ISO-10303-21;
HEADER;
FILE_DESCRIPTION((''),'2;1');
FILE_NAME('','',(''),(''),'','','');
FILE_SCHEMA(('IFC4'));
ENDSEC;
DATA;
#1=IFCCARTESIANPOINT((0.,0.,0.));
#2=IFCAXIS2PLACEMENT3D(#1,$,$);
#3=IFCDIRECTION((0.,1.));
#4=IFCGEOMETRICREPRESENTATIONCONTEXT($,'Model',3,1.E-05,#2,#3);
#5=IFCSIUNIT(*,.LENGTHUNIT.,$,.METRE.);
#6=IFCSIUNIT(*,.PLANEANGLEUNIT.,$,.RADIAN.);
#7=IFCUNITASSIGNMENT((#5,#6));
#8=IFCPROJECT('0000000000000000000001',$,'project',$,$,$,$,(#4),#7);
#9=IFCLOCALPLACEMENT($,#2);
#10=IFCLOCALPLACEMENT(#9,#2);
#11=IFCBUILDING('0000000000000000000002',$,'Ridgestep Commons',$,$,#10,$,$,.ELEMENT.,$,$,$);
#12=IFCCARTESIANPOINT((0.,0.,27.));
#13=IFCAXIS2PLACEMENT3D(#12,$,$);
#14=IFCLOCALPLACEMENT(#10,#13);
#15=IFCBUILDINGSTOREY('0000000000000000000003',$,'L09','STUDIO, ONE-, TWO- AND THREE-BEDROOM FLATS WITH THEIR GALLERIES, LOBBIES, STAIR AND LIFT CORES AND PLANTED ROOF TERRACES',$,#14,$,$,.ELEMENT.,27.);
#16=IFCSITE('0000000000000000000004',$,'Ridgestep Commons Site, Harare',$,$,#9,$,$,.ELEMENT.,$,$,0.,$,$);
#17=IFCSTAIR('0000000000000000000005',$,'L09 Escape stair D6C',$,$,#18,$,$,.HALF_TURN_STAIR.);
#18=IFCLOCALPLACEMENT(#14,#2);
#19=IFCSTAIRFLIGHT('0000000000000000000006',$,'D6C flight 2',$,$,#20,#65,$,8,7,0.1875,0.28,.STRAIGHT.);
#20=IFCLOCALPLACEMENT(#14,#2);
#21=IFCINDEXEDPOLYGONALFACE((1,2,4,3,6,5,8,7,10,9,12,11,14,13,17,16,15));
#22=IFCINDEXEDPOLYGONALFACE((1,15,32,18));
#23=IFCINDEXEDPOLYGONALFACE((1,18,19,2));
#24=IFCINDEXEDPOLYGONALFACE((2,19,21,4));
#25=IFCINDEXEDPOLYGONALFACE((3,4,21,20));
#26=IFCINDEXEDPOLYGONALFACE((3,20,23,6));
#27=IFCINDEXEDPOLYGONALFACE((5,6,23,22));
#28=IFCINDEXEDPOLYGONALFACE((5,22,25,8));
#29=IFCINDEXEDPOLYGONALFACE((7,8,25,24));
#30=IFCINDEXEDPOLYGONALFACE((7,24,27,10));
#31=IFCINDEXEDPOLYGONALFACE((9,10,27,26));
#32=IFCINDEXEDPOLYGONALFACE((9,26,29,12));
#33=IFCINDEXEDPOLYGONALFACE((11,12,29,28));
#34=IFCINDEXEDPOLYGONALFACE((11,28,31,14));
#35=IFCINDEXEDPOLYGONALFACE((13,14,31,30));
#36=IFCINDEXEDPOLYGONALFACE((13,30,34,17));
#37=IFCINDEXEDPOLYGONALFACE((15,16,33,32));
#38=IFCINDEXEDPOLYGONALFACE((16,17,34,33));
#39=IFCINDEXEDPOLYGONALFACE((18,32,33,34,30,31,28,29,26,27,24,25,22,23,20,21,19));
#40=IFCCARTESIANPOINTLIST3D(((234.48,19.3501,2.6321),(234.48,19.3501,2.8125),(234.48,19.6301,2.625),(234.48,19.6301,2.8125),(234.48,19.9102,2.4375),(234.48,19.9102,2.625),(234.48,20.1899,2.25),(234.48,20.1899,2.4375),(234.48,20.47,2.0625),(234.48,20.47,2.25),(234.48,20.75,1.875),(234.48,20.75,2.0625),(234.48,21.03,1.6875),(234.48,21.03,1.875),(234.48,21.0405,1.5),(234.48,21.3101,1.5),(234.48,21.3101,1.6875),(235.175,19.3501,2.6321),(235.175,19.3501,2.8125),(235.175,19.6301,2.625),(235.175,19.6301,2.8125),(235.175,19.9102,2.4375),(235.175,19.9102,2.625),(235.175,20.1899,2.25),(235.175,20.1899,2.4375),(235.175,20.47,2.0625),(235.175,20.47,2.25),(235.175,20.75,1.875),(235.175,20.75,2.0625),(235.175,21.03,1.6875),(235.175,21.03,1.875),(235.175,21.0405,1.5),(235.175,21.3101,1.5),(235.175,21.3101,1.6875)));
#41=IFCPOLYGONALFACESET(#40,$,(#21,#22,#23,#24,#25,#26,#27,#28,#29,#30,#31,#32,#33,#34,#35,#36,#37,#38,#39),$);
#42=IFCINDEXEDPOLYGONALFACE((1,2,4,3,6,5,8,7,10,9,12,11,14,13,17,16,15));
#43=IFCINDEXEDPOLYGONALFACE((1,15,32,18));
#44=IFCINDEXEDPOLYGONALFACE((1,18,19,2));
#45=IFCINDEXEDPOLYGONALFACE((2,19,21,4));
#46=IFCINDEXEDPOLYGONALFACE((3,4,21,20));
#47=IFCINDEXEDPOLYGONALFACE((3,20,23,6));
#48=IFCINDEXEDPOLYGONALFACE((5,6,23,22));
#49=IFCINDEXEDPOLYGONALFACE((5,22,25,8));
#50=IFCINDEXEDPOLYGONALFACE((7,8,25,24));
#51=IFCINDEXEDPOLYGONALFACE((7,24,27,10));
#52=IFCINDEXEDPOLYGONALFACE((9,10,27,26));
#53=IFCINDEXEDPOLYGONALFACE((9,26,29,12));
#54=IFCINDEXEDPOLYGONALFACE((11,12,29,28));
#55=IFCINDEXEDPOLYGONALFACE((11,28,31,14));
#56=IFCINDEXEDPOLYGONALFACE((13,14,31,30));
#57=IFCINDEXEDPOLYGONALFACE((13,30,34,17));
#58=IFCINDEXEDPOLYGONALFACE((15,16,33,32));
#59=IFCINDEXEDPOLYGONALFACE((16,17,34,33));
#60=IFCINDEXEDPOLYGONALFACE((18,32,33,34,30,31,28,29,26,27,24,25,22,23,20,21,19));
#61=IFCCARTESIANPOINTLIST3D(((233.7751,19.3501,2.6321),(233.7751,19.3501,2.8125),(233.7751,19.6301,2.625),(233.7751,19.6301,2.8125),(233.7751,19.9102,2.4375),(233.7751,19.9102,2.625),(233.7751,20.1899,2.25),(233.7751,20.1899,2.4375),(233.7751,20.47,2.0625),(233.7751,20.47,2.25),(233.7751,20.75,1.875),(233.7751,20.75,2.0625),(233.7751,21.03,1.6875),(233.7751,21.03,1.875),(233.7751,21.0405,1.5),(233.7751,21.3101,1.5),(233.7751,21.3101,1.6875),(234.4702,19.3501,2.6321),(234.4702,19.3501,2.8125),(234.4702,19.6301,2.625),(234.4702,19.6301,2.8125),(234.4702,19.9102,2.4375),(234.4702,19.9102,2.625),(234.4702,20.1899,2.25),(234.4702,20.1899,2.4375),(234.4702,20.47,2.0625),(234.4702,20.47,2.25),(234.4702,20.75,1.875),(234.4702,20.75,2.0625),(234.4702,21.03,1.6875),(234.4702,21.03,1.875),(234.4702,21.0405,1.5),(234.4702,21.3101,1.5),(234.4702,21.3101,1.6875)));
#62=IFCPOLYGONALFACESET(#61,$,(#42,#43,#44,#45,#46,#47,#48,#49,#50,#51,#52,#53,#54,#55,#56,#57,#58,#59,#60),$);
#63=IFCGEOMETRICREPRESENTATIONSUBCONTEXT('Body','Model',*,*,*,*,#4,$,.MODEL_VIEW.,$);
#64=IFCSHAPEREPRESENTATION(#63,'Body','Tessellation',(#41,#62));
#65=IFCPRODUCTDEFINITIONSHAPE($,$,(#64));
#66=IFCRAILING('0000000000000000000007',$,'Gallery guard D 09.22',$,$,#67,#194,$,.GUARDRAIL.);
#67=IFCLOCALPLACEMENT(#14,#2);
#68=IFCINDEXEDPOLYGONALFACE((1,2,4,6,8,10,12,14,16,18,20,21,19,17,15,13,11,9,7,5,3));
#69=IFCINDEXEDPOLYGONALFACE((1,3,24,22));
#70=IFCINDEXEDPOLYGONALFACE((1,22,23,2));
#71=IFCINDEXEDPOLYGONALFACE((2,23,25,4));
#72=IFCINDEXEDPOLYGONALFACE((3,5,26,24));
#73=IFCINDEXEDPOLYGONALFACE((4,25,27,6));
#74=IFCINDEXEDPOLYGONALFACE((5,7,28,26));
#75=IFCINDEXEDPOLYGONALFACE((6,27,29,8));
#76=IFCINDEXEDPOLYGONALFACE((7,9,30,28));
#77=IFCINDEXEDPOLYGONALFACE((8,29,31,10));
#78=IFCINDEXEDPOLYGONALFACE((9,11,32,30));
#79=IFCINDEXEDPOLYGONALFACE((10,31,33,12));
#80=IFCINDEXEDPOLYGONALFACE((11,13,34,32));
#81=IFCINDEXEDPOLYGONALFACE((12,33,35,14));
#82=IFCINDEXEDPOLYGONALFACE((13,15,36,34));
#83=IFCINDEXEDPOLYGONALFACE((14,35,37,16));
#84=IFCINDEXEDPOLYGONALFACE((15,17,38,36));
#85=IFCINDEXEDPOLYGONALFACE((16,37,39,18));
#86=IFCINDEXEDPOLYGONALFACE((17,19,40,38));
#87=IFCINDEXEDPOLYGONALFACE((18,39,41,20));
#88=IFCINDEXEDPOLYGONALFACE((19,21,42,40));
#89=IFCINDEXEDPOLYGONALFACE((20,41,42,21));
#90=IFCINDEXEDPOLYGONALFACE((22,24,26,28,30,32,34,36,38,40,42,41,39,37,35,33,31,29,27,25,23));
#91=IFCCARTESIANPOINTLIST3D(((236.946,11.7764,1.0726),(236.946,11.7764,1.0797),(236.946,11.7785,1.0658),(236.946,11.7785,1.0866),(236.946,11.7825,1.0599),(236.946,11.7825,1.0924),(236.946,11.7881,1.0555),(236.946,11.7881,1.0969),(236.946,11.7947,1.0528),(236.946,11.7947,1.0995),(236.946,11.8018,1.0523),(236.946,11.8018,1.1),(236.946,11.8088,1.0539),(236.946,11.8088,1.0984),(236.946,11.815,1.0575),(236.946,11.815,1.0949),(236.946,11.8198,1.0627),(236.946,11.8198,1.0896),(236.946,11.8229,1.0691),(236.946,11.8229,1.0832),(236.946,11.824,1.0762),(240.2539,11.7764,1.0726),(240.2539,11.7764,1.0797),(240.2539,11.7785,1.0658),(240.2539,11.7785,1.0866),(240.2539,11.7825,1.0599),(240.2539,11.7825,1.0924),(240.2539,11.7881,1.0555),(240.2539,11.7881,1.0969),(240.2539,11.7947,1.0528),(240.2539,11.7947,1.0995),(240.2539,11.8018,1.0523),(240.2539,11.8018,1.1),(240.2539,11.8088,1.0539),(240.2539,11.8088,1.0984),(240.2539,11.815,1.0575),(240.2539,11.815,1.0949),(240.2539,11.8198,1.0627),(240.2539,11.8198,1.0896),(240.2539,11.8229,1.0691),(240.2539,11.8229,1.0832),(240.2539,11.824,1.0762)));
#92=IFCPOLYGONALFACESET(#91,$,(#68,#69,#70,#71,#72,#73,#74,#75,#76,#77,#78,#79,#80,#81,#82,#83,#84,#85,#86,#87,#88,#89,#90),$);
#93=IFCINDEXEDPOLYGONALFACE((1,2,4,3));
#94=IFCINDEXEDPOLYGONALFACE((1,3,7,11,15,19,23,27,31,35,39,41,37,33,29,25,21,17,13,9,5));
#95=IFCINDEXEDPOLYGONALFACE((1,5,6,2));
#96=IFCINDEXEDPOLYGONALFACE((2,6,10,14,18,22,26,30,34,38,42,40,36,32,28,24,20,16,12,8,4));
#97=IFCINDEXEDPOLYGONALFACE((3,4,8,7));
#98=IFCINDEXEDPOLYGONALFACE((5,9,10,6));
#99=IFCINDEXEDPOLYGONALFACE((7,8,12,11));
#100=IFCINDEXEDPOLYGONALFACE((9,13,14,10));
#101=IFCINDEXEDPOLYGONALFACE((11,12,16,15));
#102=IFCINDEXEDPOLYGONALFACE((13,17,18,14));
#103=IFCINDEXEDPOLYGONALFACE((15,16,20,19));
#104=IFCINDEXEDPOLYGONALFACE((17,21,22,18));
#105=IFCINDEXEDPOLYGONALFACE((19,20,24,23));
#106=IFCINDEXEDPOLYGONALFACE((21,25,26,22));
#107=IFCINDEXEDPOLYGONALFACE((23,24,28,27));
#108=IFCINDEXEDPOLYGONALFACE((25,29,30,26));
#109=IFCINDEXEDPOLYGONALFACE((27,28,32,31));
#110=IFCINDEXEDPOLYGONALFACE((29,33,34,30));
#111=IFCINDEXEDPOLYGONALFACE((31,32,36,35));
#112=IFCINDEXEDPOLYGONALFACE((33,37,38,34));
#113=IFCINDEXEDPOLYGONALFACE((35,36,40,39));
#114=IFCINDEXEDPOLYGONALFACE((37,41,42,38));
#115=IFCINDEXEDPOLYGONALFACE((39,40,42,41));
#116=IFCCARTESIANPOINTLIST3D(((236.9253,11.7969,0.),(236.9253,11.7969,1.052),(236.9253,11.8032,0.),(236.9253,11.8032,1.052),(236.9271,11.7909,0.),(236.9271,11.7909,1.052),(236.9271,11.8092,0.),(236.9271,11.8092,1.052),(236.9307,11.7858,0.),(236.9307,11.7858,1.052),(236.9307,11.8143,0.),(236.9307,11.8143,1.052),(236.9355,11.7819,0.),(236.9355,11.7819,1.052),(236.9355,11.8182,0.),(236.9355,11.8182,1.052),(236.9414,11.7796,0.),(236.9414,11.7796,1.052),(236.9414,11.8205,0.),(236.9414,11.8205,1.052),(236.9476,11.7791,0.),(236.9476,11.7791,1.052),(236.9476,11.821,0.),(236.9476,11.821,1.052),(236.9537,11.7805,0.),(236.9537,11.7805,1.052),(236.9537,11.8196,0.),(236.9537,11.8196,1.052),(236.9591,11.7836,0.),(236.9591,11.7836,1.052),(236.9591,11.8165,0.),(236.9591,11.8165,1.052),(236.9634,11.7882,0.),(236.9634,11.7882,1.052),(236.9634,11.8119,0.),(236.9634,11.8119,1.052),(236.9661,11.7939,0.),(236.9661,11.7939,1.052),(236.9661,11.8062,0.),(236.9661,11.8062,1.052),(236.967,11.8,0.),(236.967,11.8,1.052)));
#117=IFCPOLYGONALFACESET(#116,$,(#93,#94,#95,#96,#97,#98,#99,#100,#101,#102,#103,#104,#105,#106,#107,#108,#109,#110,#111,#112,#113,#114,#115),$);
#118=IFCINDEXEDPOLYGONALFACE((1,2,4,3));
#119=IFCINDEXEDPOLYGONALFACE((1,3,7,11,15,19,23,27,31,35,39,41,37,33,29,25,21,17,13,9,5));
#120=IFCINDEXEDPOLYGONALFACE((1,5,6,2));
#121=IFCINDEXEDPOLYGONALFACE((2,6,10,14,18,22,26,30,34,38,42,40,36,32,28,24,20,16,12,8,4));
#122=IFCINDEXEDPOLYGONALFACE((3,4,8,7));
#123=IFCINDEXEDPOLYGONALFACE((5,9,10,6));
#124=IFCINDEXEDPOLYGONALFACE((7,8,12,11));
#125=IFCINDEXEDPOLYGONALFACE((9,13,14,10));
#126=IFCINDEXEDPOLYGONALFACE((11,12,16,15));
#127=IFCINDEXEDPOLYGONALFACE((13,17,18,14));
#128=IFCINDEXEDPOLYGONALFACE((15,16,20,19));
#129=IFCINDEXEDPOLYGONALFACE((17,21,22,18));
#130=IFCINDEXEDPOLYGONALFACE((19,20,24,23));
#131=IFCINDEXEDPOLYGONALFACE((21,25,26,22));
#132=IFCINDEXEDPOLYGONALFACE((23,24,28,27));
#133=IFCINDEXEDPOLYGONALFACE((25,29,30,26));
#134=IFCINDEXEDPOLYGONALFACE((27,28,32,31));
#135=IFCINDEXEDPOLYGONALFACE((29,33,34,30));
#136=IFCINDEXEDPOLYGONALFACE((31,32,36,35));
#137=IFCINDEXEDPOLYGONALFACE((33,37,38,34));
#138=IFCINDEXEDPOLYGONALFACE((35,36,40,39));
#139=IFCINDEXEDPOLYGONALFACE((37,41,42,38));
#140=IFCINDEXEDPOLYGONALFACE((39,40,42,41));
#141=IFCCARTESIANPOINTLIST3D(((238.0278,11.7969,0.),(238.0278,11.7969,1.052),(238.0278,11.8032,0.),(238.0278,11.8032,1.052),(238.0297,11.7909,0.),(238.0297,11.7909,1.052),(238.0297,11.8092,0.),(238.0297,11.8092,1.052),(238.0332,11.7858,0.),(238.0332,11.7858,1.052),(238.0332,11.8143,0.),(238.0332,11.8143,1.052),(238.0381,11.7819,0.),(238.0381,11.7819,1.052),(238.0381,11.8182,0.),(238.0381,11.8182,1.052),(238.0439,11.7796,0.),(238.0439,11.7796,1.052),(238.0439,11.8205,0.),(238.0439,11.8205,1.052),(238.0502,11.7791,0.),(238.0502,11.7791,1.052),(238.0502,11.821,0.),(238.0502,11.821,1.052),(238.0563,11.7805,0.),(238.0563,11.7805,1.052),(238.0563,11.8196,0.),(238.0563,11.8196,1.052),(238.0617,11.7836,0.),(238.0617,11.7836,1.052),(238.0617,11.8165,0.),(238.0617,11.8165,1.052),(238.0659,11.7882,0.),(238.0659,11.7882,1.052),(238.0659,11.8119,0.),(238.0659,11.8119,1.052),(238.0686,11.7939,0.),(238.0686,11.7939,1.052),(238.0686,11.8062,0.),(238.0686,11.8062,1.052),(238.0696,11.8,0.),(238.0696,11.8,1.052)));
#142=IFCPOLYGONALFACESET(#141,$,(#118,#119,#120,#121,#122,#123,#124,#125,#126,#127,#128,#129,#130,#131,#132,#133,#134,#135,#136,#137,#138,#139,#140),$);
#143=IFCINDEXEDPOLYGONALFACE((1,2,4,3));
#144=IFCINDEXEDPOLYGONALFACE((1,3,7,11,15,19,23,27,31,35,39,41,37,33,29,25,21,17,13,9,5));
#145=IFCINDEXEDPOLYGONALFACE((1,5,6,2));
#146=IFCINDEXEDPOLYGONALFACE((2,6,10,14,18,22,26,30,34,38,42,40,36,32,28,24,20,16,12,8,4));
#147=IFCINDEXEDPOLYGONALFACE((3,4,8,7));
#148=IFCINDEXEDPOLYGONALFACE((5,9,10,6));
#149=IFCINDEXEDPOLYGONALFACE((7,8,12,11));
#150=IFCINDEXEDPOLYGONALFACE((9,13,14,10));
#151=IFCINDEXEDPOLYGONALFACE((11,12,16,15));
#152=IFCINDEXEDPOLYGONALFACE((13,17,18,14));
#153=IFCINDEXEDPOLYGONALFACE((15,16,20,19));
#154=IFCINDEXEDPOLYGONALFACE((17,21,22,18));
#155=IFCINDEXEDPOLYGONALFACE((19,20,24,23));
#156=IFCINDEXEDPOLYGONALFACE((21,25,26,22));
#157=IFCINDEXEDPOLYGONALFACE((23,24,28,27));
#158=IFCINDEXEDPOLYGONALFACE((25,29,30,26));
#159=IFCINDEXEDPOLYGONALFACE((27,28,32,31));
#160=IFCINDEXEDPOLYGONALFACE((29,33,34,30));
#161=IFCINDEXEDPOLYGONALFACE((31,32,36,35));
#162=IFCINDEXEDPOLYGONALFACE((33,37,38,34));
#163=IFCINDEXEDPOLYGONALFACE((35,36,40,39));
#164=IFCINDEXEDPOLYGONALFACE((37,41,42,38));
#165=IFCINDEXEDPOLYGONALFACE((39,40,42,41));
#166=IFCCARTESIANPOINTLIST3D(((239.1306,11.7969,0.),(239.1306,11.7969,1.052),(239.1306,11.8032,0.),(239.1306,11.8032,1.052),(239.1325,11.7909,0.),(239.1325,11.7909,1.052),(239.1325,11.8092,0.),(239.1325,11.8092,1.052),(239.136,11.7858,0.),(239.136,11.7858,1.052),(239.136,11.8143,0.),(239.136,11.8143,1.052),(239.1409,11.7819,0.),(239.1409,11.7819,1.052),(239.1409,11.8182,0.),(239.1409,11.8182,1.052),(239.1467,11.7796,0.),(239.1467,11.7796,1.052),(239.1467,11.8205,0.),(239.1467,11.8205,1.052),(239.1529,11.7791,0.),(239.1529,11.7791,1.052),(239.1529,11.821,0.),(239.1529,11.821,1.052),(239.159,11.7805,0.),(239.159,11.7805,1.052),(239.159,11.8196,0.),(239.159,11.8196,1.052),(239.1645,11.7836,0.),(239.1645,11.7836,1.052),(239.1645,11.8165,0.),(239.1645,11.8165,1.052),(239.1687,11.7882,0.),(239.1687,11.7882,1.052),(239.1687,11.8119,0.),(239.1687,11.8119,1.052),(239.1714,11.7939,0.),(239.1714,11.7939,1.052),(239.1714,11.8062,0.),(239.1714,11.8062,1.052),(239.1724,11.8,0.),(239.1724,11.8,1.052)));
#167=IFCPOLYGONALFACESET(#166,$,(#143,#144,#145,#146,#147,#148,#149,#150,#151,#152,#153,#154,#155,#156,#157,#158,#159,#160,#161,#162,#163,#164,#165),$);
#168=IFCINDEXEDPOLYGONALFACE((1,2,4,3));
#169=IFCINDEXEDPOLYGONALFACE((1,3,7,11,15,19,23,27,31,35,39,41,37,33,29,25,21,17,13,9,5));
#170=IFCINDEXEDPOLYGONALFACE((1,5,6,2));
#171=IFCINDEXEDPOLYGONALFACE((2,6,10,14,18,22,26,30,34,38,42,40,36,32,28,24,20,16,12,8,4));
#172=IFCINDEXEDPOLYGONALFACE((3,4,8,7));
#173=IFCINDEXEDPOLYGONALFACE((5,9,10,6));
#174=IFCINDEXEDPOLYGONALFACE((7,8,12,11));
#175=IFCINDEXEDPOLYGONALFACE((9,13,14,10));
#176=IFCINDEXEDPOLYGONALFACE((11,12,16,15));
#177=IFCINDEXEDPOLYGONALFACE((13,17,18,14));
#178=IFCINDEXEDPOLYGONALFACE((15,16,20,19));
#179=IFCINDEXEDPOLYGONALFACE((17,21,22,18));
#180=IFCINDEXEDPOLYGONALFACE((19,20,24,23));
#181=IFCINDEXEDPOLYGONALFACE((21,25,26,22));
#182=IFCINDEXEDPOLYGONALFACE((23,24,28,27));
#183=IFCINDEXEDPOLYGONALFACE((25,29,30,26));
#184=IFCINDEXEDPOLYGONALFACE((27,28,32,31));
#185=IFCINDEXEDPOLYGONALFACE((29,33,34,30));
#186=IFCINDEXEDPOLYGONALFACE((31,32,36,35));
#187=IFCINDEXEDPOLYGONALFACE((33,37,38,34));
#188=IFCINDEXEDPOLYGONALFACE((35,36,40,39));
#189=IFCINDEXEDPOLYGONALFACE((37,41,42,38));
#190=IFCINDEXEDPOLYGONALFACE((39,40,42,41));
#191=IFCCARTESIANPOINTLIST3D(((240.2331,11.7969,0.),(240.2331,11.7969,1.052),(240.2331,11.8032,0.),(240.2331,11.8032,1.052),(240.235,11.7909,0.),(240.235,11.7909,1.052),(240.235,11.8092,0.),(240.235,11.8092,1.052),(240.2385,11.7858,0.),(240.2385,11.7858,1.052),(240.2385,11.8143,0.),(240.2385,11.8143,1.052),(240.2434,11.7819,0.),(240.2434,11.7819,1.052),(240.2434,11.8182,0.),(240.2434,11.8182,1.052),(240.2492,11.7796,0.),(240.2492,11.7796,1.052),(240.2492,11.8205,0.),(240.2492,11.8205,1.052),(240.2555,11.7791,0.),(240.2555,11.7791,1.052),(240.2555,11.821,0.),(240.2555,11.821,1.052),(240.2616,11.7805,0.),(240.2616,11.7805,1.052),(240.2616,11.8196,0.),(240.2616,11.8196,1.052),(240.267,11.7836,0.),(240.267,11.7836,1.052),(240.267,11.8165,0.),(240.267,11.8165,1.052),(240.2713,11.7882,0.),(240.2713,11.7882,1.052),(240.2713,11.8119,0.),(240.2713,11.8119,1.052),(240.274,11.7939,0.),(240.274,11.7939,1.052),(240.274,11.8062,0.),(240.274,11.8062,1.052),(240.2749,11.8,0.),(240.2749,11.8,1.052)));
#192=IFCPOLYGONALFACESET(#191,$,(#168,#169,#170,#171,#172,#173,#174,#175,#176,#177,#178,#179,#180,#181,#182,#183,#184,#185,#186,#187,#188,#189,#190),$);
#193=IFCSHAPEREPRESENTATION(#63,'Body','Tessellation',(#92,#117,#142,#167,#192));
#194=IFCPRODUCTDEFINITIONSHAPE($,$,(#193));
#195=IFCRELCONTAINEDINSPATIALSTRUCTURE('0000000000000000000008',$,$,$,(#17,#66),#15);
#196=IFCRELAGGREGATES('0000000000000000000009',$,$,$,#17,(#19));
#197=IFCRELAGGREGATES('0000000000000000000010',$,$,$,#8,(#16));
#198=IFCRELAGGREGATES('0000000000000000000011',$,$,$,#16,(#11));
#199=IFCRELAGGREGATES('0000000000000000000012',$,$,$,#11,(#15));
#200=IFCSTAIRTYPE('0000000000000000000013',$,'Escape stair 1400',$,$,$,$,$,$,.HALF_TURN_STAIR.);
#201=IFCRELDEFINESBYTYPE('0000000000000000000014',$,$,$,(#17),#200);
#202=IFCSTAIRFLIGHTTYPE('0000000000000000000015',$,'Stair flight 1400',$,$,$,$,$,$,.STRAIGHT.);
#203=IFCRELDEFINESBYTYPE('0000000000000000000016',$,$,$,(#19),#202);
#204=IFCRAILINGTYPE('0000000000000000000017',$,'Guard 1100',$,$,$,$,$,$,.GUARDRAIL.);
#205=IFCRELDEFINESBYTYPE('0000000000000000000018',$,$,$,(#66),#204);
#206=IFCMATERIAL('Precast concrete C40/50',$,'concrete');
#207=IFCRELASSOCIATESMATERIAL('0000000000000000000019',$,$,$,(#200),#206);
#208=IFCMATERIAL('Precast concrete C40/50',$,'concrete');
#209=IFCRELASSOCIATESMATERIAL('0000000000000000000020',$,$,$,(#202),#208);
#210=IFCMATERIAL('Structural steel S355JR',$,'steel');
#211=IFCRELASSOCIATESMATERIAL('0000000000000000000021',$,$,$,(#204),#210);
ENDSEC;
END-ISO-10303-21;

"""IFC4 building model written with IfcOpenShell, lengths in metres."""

from ifc_helpers import new_model, si_unit, direction, frame, origin, origin_2d, place, context, subcontext, project, spatial, polyline, circle, outline, extrude, material, type_object, element, aggregate, save


model = new_model("IFC4")

# Units and contexts
model_context = context("Model", 3, precision=1e-05, world=origin(), true_north=direction((0.0, 1.0)))
body_context = subcontext(model_context, "Body", "Model", "MODEL_VIEW")
ifc_project = project(units=[si_unit("LENGTHUNIT", "METRE"), si_unit("PLANEANGLEUNIT", "RADIAN")], contexts=[model_context])

# Site, building, storey
site_placement = place(None, origin())
site = spatial("IfcSite", under=ifc_project, at=site_placement, Name="Ridgestep Commons Site, Harare", CompositionType="ELEMENT", RefElevation=0.0)
building_placement = place(site_placement, origin())
building = spatial("IfcBuilding", under=site, at=building_placement, Name="Ridgestep Commons", CompositionType="ELEMENT")
storey_placement = place(building_placement, frame((0.0, 0.0, 27.0)))
storey = spatial("IfcBuildingStorey", under=building, at=storey_placement, Name="L09", Description="STUDIO, ONE-, TWO- AND THREE-BEDROOM FLATS WITH THEIR GALLERIES, LOBBIES, STAIR AND LIFT CORES AND PLANTED ROOF TERRACES", CompositionType="ELEMENT", Elevation=27.0)

# Stair, stair flight
ifc_material_1 = material(Name="Precast concrete C40/50", Category="concrete")
stair_type = type_object("IfcStairType", Name="Escape stair 1400", PredefinedType="HALF_TURN_STAIR", material=ifc_material_1)
stair_placement = place(storey_placement, origin())
stair = element("IfcStair", 1, at=stair_placement, inside=storey, type_object=stair_type, Name="L09 Escape stair D6C", PredefinedType="HALF_TURN_STAIR")
ifc_material_2 = material(Name="Precast concrete C40/50", Category="concrete")
stair_flight_type = type_object("IfcStairFlightType", Name="Stair flight 1400", PredefinedType="STRAIGHT", material=ifc_material_2)
stair_flight_1_placement = place(storey_placement, frame((234.4751, 21.3101, 1.5), z_axis=(0.0, 0.0, 1.0), x_axis=(0.0, -1.0, 0.0)))
stair_flight_1 = element("IfcStairFlight", 2, at=stair_flight_1_placement, type_object=stair_flight_type, Name="D6C flight 2", NumberOfRisers=8, NumberOfTreads=7, PredefinedType="STRAIGHT", RiserHeight=0.1875, TreadLength=0.28, context=body_context, shape_type="SweptSolid", body=[
    extrude(outline(polyline([(0.0, 0.0), (0.0, 0.1875), (0.28, 0.1875), (0.28, 0.375), (0.5601, 0.375), (0.5601, 0.5625), (0.8401, 0.5625), (0.8401, 0.75), (1.1201, 0.75), (1.1201, 0.9375), (1.3999, 0.9375), (1.3999, 1.125), (1.6799, 1.125), (1.6799, 1.3125), (1.96, 1.3125), (1.96, 1.5), (1.96, 1.1321), (0.2695, 0.0), (0.0, 0.0)])), frame((0.0, 0.7, 0.0), z_axis=(0.0, -1.0, 0.0), x_axis=(1.0, 0.0, 0.0)), (0.0, 0.0, 1.0), 0.6951),
    extrude(outline(polyline([(0.0, 0.0), (0.0, 0.1875), (0.28, 0.1875), (0.28, 0.375), (0.5601, 0.375), (0.5601, 0.5625), (0.8401, 0.5625), (0.8401, 0.75), (1.1201, 0.75), (1.1201, 0.9375), (1.3999, 0.9375), (1.3999, 1.125), (1.6799, 1.125), (1.6799, 1.3125), (1.96, 1.3125), (1.96, 1.5), (1.96, 1.1321), (0.2695, 0.0), (0.0, 0.0)])), frame((0.0, -0.0049, 0.0), z_axis=(0.0, -1.0, 0.0), x_axis=(1.0, 0.0, 0.0)), (0.0, 0.0, 1.0), 0.6951),
])
aggregate(stair, [stair_flight_1])

# Railing
ifc_material_3 = material(Name="Structural steel S355JR", Category="steel")
railing_type_1 = type_object("IfcRailingType", Name="Guard 1100", PredefinedType="GUARDRAIL", material=ifc_material_3)
railing_1_placement = place(storey_placement, frame((236.946, 11.8, 0.0)))
element("IfcRailing", 3, at=railing_1_placement, inside=storey, type_object=railing_type_1, Name="Gallery guard D 09.22", PredefinedType="GUARDRAIL", context=body_context, shape_type="SweptSolid", body=[
    extrude(circle(Radius=0.0239, at=origin_2d()), frame((0.0, 0.0, 1.0762), z_axis=(1.0, 0.0, 0.0), x_axis=(0.0, 1.0, 0.0)), (0.0, 0.0, 1.0), 3.3079),
    extrude(circle(Radius=0.021, at=origin_2d()), origin(), (0.0, 0.0, 1.0), 1.052),
    extrude(circle(Radius=0.021, at=origin_2d()), frame((1.1025, 0.0, 0.0)), (0.0, 0.0, 1.0), 1.052),
    extrude(circle(Radius=0.021, at=origin_2d()), frame((2.2053, 0.0, 0.0)), (0.0, 0.0, 1.0), 1.052),
    extrude(circle(Radius=0.021, at=origin_2d()), frame((3.3079, 0.0, 0.0)), (0.0, 0.0, 1.0), 1.052),
])

save(model, "model.ifc")
